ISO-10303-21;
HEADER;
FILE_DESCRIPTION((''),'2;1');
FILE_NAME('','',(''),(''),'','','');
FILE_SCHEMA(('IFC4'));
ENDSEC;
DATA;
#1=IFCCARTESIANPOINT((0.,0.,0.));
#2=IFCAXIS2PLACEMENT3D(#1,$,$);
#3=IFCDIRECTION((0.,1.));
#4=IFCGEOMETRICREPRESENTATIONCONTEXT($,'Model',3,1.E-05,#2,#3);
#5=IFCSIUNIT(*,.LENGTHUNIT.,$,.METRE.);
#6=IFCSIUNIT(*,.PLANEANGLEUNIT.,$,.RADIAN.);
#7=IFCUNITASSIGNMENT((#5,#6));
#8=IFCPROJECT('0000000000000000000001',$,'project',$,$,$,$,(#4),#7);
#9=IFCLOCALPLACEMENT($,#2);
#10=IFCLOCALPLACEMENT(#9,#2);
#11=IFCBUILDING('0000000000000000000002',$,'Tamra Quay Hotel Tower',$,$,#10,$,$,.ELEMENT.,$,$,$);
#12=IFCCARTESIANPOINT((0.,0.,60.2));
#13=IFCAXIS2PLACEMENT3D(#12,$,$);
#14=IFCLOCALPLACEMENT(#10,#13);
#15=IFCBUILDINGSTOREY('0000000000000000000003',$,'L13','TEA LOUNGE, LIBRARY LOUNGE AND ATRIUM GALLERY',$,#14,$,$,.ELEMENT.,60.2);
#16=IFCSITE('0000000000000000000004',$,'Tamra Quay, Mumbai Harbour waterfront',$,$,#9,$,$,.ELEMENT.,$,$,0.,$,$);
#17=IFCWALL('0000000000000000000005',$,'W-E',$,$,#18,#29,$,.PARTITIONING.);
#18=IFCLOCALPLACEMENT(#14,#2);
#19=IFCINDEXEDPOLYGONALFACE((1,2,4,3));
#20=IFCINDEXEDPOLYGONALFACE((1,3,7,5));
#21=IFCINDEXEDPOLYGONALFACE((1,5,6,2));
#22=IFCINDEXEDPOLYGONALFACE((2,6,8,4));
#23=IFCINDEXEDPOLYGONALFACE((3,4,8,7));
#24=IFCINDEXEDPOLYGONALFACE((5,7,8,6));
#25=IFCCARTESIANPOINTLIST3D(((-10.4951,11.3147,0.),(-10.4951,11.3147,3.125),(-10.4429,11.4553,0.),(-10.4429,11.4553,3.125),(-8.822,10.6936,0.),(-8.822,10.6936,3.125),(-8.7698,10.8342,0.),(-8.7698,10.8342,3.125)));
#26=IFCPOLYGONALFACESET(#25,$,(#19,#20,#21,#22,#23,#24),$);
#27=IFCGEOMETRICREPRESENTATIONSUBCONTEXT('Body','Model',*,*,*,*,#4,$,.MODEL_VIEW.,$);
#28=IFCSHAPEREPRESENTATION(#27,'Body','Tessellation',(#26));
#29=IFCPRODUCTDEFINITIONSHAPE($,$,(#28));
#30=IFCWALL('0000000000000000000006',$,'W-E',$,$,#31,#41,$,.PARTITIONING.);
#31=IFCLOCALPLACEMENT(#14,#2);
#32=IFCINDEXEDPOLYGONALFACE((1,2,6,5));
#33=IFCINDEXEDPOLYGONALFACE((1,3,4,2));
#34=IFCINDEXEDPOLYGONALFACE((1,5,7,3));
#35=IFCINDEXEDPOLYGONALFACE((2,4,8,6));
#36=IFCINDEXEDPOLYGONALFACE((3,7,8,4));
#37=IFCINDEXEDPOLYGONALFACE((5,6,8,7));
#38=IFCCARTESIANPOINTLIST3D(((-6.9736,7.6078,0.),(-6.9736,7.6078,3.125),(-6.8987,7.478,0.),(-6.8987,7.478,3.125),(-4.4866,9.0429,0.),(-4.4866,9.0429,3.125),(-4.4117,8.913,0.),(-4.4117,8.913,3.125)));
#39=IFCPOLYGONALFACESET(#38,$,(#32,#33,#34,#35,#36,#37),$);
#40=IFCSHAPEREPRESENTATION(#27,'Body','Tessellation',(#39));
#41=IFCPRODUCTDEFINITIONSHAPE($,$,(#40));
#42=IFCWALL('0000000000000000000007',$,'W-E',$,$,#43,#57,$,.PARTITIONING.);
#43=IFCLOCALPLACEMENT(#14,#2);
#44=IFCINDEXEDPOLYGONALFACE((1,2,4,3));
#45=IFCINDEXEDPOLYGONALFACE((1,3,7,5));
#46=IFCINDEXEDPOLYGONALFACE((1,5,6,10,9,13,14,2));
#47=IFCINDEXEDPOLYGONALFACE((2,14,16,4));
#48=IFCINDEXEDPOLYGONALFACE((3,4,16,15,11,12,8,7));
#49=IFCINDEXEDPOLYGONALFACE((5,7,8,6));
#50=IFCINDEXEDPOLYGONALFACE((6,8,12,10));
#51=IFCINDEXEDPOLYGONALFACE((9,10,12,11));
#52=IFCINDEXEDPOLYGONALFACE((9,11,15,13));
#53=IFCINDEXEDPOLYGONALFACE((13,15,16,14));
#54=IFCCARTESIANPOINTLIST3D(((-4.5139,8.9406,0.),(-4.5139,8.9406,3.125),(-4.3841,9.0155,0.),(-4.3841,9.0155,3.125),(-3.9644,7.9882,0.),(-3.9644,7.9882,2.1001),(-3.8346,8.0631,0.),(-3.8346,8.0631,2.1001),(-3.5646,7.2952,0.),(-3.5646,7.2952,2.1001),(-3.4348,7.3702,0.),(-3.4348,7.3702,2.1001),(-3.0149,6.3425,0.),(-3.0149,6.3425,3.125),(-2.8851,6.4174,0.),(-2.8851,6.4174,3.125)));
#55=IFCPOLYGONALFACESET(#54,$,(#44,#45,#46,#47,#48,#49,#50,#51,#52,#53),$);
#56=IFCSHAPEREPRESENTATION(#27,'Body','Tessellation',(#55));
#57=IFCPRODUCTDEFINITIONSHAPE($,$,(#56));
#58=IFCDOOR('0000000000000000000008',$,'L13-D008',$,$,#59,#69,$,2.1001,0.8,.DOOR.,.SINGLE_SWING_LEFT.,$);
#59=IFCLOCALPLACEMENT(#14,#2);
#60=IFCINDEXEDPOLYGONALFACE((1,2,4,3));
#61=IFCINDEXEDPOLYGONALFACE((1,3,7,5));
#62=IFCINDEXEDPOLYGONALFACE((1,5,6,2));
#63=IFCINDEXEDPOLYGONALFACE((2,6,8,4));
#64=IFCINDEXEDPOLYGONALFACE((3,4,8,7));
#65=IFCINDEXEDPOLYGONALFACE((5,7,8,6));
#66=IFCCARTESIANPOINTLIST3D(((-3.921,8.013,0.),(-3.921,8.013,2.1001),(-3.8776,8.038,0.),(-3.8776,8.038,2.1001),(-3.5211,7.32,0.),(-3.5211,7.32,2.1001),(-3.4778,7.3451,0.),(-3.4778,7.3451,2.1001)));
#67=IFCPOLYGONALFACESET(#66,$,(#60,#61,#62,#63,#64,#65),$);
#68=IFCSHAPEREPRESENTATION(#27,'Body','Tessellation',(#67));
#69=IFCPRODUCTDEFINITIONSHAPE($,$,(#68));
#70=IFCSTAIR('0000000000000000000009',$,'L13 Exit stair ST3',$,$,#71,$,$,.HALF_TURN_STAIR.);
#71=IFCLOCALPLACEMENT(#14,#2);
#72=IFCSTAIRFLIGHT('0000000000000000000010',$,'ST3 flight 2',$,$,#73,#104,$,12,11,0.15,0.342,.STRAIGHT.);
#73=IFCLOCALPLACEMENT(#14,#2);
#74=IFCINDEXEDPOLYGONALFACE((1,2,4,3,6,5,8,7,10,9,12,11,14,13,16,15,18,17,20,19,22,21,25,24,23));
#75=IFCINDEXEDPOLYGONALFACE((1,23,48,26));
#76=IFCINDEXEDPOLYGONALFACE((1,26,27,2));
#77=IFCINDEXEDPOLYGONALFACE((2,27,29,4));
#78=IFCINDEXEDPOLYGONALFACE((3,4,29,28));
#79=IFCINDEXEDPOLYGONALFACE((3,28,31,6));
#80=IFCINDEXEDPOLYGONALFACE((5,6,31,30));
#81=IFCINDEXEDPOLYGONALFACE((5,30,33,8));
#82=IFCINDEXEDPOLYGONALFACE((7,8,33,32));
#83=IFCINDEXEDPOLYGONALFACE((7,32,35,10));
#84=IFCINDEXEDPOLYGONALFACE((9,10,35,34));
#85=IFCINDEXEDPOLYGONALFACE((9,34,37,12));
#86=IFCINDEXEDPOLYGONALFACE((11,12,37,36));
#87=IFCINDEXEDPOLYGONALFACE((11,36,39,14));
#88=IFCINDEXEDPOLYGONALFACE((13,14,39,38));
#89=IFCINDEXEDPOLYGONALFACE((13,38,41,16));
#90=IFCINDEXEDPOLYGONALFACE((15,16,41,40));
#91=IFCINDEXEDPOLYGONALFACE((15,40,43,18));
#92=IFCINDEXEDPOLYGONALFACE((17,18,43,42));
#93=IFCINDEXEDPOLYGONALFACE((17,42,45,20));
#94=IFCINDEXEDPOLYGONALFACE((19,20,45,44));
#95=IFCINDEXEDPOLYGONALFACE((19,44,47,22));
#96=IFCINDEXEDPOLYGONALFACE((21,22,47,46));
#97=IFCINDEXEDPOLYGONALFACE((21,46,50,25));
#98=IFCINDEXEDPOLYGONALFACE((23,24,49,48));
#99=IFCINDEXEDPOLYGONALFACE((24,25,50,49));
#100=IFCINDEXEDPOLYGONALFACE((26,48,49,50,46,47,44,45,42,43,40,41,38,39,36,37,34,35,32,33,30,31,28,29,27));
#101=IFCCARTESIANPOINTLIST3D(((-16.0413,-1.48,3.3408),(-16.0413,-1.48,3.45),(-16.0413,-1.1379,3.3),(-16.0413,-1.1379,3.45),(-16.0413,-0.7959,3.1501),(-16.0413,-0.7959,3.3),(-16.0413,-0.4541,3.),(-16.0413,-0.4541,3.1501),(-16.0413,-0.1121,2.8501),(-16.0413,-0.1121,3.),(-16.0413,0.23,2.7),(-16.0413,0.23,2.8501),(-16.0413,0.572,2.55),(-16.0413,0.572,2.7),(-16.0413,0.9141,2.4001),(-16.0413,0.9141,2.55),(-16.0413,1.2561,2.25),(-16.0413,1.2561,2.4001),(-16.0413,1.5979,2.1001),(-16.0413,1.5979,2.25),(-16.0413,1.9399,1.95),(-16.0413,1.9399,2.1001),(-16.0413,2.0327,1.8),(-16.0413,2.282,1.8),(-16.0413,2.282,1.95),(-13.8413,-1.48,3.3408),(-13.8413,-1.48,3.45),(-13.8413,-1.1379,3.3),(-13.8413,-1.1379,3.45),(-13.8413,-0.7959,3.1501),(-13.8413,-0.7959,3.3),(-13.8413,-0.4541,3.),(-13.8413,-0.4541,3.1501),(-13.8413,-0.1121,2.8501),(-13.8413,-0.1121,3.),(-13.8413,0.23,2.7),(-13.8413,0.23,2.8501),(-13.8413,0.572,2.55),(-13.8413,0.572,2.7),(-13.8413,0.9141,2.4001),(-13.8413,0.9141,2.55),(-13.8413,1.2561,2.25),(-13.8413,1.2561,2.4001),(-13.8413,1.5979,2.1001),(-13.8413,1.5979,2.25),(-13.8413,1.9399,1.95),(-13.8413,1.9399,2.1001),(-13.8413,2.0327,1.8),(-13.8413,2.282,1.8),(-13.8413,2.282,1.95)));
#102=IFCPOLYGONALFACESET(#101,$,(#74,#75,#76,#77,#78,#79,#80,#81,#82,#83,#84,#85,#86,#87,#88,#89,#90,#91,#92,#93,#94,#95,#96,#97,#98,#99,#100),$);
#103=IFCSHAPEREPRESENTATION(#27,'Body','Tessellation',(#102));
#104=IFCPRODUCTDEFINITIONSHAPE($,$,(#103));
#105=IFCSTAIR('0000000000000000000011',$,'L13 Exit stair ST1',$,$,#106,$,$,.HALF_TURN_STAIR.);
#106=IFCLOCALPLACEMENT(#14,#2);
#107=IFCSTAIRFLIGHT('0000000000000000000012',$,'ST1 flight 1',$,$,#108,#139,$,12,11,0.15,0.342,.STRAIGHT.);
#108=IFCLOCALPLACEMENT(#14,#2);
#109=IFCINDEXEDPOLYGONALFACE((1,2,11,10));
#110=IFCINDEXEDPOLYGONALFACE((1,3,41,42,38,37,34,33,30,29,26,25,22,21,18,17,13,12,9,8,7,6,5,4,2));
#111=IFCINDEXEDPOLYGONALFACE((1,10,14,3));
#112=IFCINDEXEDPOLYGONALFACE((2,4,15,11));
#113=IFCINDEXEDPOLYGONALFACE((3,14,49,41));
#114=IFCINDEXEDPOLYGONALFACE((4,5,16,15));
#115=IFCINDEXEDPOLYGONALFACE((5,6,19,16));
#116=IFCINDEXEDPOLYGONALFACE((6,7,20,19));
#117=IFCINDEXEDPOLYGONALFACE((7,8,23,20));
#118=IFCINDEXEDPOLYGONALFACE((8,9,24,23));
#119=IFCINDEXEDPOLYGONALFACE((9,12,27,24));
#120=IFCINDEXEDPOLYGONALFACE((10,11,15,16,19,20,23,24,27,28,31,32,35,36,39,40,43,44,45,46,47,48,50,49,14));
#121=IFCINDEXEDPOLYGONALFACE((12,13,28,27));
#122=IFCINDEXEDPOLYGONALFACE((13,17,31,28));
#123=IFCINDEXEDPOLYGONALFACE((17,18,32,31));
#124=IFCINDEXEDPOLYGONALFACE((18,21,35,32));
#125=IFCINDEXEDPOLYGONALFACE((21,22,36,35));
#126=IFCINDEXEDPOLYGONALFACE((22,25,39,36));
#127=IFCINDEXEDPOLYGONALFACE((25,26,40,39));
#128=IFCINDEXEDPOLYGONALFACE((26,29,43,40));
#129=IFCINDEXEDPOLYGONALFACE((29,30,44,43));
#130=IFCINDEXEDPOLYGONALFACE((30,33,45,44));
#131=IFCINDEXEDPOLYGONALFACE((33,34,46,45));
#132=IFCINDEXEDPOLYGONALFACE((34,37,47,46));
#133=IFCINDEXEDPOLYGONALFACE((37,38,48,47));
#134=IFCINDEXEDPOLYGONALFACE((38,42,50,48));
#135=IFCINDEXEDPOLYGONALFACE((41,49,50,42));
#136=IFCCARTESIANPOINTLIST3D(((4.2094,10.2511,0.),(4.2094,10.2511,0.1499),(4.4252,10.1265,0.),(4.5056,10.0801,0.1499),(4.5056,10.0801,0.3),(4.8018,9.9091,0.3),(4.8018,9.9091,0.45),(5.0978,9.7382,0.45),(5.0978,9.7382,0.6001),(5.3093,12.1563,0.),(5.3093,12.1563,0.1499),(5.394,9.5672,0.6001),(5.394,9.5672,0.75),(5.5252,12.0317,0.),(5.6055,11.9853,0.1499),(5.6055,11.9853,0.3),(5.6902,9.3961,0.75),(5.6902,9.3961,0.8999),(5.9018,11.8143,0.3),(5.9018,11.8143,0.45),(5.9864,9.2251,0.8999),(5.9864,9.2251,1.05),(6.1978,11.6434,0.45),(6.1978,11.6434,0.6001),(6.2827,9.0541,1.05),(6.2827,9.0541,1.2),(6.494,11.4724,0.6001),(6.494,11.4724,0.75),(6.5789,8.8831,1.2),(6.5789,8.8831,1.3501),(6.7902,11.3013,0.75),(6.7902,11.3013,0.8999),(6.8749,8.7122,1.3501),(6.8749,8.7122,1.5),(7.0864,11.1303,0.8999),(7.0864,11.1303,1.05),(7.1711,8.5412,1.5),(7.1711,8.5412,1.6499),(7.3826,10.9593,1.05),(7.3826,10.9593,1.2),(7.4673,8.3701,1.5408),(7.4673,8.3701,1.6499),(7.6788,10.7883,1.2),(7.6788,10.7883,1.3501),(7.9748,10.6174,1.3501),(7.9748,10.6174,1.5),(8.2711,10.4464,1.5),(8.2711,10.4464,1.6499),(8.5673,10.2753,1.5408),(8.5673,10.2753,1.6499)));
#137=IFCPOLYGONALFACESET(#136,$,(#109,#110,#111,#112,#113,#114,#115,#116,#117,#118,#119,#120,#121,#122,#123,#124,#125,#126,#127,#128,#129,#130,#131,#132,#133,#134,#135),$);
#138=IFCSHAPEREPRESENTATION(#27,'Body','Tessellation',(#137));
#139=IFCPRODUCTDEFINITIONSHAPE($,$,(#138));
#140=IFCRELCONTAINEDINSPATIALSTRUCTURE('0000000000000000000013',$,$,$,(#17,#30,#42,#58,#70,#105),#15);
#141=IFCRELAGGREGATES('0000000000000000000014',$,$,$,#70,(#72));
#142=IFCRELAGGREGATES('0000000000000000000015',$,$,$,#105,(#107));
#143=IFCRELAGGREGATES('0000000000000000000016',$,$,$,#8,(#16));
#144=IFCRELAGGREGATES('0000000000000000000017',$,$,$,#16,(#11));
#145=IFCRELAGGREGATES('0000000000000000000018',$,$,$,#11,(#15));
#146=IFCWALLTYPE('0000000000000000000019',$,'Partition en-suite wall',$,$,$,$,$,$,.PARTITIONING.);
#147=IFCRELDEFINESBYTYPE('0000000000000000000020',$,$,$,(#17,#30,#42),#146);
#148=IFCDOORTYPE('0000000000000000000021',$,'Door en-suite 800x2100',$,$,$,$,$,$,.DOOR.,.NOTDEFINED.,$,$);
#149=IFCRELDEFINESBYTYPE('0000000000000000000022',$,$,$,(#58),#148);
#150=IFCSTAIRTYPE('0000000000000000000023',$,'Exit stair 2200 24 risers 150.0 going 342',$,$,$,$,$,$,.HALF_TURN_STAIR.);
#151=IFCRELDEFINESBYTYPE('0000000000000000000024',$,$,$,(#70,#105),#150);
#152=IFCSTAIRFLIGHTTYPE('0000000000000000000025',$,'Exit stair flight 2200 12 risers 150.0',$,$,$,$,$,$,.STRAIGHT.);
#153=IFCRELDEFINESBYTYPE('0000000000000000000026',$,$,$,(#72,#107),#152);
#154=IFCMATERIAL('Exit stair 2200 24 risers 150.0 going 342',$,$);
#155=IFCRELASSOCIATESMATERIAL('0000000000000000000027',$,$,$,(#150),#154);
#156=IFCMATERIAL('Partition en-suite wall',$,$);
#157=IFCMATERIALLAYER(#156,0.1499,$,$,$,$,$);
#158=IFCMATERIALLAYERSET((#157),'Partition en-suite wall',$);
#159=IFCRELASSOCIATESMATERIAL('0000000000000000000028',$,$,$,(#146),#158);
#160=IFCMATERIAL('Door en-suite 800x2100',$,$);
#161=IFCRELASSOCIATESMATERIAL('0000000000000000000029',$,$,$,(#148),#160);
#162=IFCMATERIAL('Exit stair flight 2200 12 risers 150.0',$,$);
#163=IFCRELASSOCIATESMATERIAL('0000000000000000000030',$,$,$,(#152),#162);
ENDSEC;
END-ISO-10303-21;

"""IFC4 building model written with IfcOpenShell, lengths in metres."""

from ifc_helpers import new_model, si_unit, direction, frame, frame_2d, origin, place, context, subcontext, project, spatial, polyline, rectangle, outline, extrude, material, layer, layer_set, type_object, element, fill, aggregate, save


model = new_model("IFC4")

# Units and contexts
model_context = context("Model", 3, precision=1e-05, world=origin(), true_north=direction((0.0, 1.0)))
body_context = subcontext(model_context, "Body", "Model", "MODEL_VIEW")
ifc_project = project(units=[si_unit("LENGTHUNIT", "METRE"), si_unit("PLANEANGLEUNIT", "RADIAN")], contexts=[model_context])

# Site, building, storey
site_placement = place(None, origin())
site = spatial("IfcSite", under=ifc_project, at=site_placement, Name="Tamra Quay, Mumbai Harbour waterfront", CompositionType="ELEMENT", RefElevation=0.0)
building_placement = place(site_placement, origin())
building = spatial("IfcBuilding", under=site, at=building_placement, Name="Tamra Quay Hotel Tower", CompositionType="ELEMENT")
storey_placement = place(building_placement, frame((0.0, 0.0, 60.2)))
storey = spatial("IfcBuildingStorey", under=building, at=storey_placement, Name="L13", Description="TEA LOUNGE, LIBRARY LOUNGE AND ATRIUM GALLERY", CompositionType="ELEMENT", Elevation=60.2)

# Shared definitions
ifc_material_1 = material(Name="Exit stair 2200 24 risers 150.0 going 342")
stair_type = type_object("IfcStairType", Name="Exit stair 2200 24 risers 150.0 going 342", PredefinedType="HALF_TURN_STAIR", material=ifc_material_1)

# Shared definitions
ifc_material_2 = material(Name="Partition en-suite wall")
ifc_layer_1 = layer(ifc_material_2, 0.1499)
ifc_layer_set_1 = layer_set([ifc_layer_1], Name="Partition en-suite wall")
wall_type_1 = type_object("IfcWallType", Name="Partition en-suite wall", PredefinedType="PARTITIONING", material=ifc_layer_set_1)
ifc_material_3 = material(Name="Door en-suite 800x2100")
door_type_1 = type_object("IfcDoorType", Name="Door en-suite 800x2100", OperationType="NOTDEFINED", PredefinedType="DOOR", material=ifc_material_3)

# Walls
wall_1_placement = place(storey_placement, frame((-10.469, 11.385, 0.0), z_axis=(0.0, 0.0, 1.0), x_axis=(0.937488, -0.348018, 0.0)))
element("IfcWall", 1, at=wall_1_placement, inside=storey, type_object=wall_type_1, Name="W-E", PredefinedType="PARTITIONING", context=body_context, shape_type="SweptSolid", body=[
    extrude(rectangle(XDim=1.7847, YDim=0.1499, at=frame_2d((0.8923, 0.0))), origin(), (0.0, 0.0, 1.0), 3.125),
])
wall_2_placement = place(storey_placement, frame((-6.936, 7.543, 0.0), z_axis=(0.0, 0.0, 1.0), x_axis=(0.866153, 0.499779, 0.0)))
element("IfcWall", 2, at=wall_2_placement, inside=storey, type_object=wall_type_1, Name="W-E", PredefinedType="PARTITIONING", context=body_context, shape_type="SweptSolid", body=[
    extrude(rectangle(XDim=2.8713, YDim=0.1499, at=frame_2d((1.4355, 0.0))), origin(), (0.0, 0.0, 1.0), 3.125),
])

# Wall, opening, door
wall_3_placement = place(storey_placement, frame((-4.449, 8.978, 0.0), z_axis=(0.0, 0.0, 1.0), x_axis=(0.499746, -0.866172, 0.0)))
wall_3 = element("IfcWall", 3, at=wall_3_placement, inside=storey, type_object=wall_type_1, Name="W-E", PredefinedType="PARTITIONING", context=body_context, shape_type="SweptSolid", body=[
    extrude(rectangle(XDim=2.9995, YDim=0.1499, at=frame_2d((1.4998, 0.0))), origin(), (0.0, 0.0, 1.0), 3.125),
])
opening_1_placement = place(wall_3_placement, frame((1.0996, 0.0, 0.0)))
opening_1 = element("IfcOpeningElement", 4, at=opening_1_placement, cuts=wall_3, PredefinedType="OPENING", context=body_context, shape_type="SweptSolid", body=[
    extrude(rectangle(XDim=0.8, YDim=2.1001, at=frame_2d((0.3999, 1.05))), frame((0.0, 0.085, 0.0), z_axis=(0.0, -1.0, 0.0), x_axis=(1.0, 0.0, 0.0)), (0.0, 0.0, 1.0), 0.1699),
])
door_1_placement = place(opening_1_placement, frame((0.8, 0.0, 0.0), z_axis=(0.0, 0.0, 1.0), x_axis=(-1.0, 0.0, 0.0)))
door_1 = element("IfcDoor", 5, at=door_1_placement, inside=storey, type_object=door_type_1, Name="L13-D008", OperationType="SINGLE_SWING_LEFT", OverallHeight=2.1001, OverallWidth=0.8, PredefinedType="DOOR", context=body_context, shape_type="SweptSolid", body=[
    extrude(rectangle(XDim=0.8, YDim=2.1001, at=frame_2d((0.3999, 1.05))), frame((0.0, 0.0249, 0.0), z_axis=(0.0, -1.0, 0.0), x_axis=(1.0, 0.0, 0.0)), (0.0, 0.0, 1.0), 0.05),
])
fill(opening_1, door_1)

# Stairs, stair flights
stair_1_placement = place(storey_placement, origin())
stair_1 = element("IfcStair", 6, at=stair_1_placement, inside=storey, type_object=stair_type, Name="L13 Exit stair ST3", PredefinedType="HALF_TURN_STAIR")
ifc_material_4 = material(Name="Exit stair flight 2200 12 risers 150.0")
stair_flight_type = type_object("IfcStairFlightType", Name="Exit stair flight 2200 12 risers 150.0", PredefinedType="STRAIGHT", material=ifc_material_4)
stair_flight_1_placement = place(storey_placement, frame((-14.9414, 2.282, 1.8), z_axis=(0.0, 0.0, 1.0), x_axis=(0.0, -1.0, 0.0)))
stair_flight_1 = element("IfcStairFlight", 7, at=stair_flight_1_placement, type_object=stair_flight_type, Name="ST3 flight 2", NumberOfRisers=12, NumberOfTreads=11, PredefinedType="STRAIGHT", RiserHeight=0.15, TreadLength=0.342, context=body_context, shape_type="SweptSolid", body=[
    extrude(outline(polyline([(0.0, 0.0), (0.0, 0.1499), (0.342, 0.1499), (0.342, 0.3), (0.6841, 0.3), (0.6841, 0.45), (1.0259, 0.45), (1.0259, 0.6001), (1.3679, 0.6001), (1.3679, 0.75), (1.71, 0.75), (1.71, 0.8999), (2.052, 0.8999), (2.052, 1.05), (2.394, 1.05), (2.394, 1.2), (2.7361, 1.2), (2.7361, 1.3501), (3.0779, 1.3501), (3.0779, 1.5), (3.4199, 1.5), (3.4199, 1.6499), (3.762, 1.6499), (3.762, 1.8), (3.762, 1.5408), (0.2493, 0.0), (0.0, 0.0)])), frame((0.0, 1.1001, 0.0), z_axis=(0.0, -1.0, 0.0), x_axis=(1.0, 0.0, 0.0)), (0.0, 0.0, 1.0), 2.2),
])
aggregate(stair_1, [stair_flight_1])
stair_2_placement = place(storey_placement, origin())
stair_2 = element("IfcStair", 8, at=stair_2_placement, inside=storey, type_object=stair_type, Name="L13 Exit stair ST1", PredefinedType="HALF_TURN_STAIR")
stair_flight_2_placement = place(storey_placement, frame((4.7593, 11.2036, 0.0), z_axis=(0.0, 0.0, 1.0), x_axis=(0.866025, -0.5, 0.0)))
stair_flight_2 = element("IfcStairFlight", 9, at=stair_flight_2_placement, type_object=stair_flight_type, Name="ST1 flight 1", NumberOfRisers=12, NumberOfTreads=11, PredefinedType="STRAIGHT", RiserHeight=0.15, TreadLength=0.342, context=body_context, shape_type="SweptSolid", body=[
    extrude(outline(polyline([(0.0, 0.0), (0.0, 0.1499), (0.342, 0.1499), (0.342, 0.3), (0.6841, 0.3), (0.6841, 0.45), (1.0259, 0.45), (1.0259, 0.6001), (1.3679, 0.6001), (1.3679, 0.75), (1.71, 0.75), (1.71, 0.8999), (2.052, 0.8999), (2.052, 1.05), (2.394, 1.05), (2.394, 1.2), (2.7361, 1.2), (2.7361, 1.3501), (3.0779, 1.3501), (3.0779, 1.5), (3.4199, 1.5), (3.4199, 1.6499), (3.762, 1.6499), (3.762, 1.8), (3.762, 1.5408), (0.2493, 0.0), (0.0, 0.0)])), frame((0.0, 1.1001, 0.0), z_axis=(0.0, -1.0, 0.0), x_axis=(1.0, 0.0, 0.0)), (0.0, 0.0, 1.0), 2.2),
])
aggregate(stair_2, [stair_flight_2])

save(model, "model.ifc")
